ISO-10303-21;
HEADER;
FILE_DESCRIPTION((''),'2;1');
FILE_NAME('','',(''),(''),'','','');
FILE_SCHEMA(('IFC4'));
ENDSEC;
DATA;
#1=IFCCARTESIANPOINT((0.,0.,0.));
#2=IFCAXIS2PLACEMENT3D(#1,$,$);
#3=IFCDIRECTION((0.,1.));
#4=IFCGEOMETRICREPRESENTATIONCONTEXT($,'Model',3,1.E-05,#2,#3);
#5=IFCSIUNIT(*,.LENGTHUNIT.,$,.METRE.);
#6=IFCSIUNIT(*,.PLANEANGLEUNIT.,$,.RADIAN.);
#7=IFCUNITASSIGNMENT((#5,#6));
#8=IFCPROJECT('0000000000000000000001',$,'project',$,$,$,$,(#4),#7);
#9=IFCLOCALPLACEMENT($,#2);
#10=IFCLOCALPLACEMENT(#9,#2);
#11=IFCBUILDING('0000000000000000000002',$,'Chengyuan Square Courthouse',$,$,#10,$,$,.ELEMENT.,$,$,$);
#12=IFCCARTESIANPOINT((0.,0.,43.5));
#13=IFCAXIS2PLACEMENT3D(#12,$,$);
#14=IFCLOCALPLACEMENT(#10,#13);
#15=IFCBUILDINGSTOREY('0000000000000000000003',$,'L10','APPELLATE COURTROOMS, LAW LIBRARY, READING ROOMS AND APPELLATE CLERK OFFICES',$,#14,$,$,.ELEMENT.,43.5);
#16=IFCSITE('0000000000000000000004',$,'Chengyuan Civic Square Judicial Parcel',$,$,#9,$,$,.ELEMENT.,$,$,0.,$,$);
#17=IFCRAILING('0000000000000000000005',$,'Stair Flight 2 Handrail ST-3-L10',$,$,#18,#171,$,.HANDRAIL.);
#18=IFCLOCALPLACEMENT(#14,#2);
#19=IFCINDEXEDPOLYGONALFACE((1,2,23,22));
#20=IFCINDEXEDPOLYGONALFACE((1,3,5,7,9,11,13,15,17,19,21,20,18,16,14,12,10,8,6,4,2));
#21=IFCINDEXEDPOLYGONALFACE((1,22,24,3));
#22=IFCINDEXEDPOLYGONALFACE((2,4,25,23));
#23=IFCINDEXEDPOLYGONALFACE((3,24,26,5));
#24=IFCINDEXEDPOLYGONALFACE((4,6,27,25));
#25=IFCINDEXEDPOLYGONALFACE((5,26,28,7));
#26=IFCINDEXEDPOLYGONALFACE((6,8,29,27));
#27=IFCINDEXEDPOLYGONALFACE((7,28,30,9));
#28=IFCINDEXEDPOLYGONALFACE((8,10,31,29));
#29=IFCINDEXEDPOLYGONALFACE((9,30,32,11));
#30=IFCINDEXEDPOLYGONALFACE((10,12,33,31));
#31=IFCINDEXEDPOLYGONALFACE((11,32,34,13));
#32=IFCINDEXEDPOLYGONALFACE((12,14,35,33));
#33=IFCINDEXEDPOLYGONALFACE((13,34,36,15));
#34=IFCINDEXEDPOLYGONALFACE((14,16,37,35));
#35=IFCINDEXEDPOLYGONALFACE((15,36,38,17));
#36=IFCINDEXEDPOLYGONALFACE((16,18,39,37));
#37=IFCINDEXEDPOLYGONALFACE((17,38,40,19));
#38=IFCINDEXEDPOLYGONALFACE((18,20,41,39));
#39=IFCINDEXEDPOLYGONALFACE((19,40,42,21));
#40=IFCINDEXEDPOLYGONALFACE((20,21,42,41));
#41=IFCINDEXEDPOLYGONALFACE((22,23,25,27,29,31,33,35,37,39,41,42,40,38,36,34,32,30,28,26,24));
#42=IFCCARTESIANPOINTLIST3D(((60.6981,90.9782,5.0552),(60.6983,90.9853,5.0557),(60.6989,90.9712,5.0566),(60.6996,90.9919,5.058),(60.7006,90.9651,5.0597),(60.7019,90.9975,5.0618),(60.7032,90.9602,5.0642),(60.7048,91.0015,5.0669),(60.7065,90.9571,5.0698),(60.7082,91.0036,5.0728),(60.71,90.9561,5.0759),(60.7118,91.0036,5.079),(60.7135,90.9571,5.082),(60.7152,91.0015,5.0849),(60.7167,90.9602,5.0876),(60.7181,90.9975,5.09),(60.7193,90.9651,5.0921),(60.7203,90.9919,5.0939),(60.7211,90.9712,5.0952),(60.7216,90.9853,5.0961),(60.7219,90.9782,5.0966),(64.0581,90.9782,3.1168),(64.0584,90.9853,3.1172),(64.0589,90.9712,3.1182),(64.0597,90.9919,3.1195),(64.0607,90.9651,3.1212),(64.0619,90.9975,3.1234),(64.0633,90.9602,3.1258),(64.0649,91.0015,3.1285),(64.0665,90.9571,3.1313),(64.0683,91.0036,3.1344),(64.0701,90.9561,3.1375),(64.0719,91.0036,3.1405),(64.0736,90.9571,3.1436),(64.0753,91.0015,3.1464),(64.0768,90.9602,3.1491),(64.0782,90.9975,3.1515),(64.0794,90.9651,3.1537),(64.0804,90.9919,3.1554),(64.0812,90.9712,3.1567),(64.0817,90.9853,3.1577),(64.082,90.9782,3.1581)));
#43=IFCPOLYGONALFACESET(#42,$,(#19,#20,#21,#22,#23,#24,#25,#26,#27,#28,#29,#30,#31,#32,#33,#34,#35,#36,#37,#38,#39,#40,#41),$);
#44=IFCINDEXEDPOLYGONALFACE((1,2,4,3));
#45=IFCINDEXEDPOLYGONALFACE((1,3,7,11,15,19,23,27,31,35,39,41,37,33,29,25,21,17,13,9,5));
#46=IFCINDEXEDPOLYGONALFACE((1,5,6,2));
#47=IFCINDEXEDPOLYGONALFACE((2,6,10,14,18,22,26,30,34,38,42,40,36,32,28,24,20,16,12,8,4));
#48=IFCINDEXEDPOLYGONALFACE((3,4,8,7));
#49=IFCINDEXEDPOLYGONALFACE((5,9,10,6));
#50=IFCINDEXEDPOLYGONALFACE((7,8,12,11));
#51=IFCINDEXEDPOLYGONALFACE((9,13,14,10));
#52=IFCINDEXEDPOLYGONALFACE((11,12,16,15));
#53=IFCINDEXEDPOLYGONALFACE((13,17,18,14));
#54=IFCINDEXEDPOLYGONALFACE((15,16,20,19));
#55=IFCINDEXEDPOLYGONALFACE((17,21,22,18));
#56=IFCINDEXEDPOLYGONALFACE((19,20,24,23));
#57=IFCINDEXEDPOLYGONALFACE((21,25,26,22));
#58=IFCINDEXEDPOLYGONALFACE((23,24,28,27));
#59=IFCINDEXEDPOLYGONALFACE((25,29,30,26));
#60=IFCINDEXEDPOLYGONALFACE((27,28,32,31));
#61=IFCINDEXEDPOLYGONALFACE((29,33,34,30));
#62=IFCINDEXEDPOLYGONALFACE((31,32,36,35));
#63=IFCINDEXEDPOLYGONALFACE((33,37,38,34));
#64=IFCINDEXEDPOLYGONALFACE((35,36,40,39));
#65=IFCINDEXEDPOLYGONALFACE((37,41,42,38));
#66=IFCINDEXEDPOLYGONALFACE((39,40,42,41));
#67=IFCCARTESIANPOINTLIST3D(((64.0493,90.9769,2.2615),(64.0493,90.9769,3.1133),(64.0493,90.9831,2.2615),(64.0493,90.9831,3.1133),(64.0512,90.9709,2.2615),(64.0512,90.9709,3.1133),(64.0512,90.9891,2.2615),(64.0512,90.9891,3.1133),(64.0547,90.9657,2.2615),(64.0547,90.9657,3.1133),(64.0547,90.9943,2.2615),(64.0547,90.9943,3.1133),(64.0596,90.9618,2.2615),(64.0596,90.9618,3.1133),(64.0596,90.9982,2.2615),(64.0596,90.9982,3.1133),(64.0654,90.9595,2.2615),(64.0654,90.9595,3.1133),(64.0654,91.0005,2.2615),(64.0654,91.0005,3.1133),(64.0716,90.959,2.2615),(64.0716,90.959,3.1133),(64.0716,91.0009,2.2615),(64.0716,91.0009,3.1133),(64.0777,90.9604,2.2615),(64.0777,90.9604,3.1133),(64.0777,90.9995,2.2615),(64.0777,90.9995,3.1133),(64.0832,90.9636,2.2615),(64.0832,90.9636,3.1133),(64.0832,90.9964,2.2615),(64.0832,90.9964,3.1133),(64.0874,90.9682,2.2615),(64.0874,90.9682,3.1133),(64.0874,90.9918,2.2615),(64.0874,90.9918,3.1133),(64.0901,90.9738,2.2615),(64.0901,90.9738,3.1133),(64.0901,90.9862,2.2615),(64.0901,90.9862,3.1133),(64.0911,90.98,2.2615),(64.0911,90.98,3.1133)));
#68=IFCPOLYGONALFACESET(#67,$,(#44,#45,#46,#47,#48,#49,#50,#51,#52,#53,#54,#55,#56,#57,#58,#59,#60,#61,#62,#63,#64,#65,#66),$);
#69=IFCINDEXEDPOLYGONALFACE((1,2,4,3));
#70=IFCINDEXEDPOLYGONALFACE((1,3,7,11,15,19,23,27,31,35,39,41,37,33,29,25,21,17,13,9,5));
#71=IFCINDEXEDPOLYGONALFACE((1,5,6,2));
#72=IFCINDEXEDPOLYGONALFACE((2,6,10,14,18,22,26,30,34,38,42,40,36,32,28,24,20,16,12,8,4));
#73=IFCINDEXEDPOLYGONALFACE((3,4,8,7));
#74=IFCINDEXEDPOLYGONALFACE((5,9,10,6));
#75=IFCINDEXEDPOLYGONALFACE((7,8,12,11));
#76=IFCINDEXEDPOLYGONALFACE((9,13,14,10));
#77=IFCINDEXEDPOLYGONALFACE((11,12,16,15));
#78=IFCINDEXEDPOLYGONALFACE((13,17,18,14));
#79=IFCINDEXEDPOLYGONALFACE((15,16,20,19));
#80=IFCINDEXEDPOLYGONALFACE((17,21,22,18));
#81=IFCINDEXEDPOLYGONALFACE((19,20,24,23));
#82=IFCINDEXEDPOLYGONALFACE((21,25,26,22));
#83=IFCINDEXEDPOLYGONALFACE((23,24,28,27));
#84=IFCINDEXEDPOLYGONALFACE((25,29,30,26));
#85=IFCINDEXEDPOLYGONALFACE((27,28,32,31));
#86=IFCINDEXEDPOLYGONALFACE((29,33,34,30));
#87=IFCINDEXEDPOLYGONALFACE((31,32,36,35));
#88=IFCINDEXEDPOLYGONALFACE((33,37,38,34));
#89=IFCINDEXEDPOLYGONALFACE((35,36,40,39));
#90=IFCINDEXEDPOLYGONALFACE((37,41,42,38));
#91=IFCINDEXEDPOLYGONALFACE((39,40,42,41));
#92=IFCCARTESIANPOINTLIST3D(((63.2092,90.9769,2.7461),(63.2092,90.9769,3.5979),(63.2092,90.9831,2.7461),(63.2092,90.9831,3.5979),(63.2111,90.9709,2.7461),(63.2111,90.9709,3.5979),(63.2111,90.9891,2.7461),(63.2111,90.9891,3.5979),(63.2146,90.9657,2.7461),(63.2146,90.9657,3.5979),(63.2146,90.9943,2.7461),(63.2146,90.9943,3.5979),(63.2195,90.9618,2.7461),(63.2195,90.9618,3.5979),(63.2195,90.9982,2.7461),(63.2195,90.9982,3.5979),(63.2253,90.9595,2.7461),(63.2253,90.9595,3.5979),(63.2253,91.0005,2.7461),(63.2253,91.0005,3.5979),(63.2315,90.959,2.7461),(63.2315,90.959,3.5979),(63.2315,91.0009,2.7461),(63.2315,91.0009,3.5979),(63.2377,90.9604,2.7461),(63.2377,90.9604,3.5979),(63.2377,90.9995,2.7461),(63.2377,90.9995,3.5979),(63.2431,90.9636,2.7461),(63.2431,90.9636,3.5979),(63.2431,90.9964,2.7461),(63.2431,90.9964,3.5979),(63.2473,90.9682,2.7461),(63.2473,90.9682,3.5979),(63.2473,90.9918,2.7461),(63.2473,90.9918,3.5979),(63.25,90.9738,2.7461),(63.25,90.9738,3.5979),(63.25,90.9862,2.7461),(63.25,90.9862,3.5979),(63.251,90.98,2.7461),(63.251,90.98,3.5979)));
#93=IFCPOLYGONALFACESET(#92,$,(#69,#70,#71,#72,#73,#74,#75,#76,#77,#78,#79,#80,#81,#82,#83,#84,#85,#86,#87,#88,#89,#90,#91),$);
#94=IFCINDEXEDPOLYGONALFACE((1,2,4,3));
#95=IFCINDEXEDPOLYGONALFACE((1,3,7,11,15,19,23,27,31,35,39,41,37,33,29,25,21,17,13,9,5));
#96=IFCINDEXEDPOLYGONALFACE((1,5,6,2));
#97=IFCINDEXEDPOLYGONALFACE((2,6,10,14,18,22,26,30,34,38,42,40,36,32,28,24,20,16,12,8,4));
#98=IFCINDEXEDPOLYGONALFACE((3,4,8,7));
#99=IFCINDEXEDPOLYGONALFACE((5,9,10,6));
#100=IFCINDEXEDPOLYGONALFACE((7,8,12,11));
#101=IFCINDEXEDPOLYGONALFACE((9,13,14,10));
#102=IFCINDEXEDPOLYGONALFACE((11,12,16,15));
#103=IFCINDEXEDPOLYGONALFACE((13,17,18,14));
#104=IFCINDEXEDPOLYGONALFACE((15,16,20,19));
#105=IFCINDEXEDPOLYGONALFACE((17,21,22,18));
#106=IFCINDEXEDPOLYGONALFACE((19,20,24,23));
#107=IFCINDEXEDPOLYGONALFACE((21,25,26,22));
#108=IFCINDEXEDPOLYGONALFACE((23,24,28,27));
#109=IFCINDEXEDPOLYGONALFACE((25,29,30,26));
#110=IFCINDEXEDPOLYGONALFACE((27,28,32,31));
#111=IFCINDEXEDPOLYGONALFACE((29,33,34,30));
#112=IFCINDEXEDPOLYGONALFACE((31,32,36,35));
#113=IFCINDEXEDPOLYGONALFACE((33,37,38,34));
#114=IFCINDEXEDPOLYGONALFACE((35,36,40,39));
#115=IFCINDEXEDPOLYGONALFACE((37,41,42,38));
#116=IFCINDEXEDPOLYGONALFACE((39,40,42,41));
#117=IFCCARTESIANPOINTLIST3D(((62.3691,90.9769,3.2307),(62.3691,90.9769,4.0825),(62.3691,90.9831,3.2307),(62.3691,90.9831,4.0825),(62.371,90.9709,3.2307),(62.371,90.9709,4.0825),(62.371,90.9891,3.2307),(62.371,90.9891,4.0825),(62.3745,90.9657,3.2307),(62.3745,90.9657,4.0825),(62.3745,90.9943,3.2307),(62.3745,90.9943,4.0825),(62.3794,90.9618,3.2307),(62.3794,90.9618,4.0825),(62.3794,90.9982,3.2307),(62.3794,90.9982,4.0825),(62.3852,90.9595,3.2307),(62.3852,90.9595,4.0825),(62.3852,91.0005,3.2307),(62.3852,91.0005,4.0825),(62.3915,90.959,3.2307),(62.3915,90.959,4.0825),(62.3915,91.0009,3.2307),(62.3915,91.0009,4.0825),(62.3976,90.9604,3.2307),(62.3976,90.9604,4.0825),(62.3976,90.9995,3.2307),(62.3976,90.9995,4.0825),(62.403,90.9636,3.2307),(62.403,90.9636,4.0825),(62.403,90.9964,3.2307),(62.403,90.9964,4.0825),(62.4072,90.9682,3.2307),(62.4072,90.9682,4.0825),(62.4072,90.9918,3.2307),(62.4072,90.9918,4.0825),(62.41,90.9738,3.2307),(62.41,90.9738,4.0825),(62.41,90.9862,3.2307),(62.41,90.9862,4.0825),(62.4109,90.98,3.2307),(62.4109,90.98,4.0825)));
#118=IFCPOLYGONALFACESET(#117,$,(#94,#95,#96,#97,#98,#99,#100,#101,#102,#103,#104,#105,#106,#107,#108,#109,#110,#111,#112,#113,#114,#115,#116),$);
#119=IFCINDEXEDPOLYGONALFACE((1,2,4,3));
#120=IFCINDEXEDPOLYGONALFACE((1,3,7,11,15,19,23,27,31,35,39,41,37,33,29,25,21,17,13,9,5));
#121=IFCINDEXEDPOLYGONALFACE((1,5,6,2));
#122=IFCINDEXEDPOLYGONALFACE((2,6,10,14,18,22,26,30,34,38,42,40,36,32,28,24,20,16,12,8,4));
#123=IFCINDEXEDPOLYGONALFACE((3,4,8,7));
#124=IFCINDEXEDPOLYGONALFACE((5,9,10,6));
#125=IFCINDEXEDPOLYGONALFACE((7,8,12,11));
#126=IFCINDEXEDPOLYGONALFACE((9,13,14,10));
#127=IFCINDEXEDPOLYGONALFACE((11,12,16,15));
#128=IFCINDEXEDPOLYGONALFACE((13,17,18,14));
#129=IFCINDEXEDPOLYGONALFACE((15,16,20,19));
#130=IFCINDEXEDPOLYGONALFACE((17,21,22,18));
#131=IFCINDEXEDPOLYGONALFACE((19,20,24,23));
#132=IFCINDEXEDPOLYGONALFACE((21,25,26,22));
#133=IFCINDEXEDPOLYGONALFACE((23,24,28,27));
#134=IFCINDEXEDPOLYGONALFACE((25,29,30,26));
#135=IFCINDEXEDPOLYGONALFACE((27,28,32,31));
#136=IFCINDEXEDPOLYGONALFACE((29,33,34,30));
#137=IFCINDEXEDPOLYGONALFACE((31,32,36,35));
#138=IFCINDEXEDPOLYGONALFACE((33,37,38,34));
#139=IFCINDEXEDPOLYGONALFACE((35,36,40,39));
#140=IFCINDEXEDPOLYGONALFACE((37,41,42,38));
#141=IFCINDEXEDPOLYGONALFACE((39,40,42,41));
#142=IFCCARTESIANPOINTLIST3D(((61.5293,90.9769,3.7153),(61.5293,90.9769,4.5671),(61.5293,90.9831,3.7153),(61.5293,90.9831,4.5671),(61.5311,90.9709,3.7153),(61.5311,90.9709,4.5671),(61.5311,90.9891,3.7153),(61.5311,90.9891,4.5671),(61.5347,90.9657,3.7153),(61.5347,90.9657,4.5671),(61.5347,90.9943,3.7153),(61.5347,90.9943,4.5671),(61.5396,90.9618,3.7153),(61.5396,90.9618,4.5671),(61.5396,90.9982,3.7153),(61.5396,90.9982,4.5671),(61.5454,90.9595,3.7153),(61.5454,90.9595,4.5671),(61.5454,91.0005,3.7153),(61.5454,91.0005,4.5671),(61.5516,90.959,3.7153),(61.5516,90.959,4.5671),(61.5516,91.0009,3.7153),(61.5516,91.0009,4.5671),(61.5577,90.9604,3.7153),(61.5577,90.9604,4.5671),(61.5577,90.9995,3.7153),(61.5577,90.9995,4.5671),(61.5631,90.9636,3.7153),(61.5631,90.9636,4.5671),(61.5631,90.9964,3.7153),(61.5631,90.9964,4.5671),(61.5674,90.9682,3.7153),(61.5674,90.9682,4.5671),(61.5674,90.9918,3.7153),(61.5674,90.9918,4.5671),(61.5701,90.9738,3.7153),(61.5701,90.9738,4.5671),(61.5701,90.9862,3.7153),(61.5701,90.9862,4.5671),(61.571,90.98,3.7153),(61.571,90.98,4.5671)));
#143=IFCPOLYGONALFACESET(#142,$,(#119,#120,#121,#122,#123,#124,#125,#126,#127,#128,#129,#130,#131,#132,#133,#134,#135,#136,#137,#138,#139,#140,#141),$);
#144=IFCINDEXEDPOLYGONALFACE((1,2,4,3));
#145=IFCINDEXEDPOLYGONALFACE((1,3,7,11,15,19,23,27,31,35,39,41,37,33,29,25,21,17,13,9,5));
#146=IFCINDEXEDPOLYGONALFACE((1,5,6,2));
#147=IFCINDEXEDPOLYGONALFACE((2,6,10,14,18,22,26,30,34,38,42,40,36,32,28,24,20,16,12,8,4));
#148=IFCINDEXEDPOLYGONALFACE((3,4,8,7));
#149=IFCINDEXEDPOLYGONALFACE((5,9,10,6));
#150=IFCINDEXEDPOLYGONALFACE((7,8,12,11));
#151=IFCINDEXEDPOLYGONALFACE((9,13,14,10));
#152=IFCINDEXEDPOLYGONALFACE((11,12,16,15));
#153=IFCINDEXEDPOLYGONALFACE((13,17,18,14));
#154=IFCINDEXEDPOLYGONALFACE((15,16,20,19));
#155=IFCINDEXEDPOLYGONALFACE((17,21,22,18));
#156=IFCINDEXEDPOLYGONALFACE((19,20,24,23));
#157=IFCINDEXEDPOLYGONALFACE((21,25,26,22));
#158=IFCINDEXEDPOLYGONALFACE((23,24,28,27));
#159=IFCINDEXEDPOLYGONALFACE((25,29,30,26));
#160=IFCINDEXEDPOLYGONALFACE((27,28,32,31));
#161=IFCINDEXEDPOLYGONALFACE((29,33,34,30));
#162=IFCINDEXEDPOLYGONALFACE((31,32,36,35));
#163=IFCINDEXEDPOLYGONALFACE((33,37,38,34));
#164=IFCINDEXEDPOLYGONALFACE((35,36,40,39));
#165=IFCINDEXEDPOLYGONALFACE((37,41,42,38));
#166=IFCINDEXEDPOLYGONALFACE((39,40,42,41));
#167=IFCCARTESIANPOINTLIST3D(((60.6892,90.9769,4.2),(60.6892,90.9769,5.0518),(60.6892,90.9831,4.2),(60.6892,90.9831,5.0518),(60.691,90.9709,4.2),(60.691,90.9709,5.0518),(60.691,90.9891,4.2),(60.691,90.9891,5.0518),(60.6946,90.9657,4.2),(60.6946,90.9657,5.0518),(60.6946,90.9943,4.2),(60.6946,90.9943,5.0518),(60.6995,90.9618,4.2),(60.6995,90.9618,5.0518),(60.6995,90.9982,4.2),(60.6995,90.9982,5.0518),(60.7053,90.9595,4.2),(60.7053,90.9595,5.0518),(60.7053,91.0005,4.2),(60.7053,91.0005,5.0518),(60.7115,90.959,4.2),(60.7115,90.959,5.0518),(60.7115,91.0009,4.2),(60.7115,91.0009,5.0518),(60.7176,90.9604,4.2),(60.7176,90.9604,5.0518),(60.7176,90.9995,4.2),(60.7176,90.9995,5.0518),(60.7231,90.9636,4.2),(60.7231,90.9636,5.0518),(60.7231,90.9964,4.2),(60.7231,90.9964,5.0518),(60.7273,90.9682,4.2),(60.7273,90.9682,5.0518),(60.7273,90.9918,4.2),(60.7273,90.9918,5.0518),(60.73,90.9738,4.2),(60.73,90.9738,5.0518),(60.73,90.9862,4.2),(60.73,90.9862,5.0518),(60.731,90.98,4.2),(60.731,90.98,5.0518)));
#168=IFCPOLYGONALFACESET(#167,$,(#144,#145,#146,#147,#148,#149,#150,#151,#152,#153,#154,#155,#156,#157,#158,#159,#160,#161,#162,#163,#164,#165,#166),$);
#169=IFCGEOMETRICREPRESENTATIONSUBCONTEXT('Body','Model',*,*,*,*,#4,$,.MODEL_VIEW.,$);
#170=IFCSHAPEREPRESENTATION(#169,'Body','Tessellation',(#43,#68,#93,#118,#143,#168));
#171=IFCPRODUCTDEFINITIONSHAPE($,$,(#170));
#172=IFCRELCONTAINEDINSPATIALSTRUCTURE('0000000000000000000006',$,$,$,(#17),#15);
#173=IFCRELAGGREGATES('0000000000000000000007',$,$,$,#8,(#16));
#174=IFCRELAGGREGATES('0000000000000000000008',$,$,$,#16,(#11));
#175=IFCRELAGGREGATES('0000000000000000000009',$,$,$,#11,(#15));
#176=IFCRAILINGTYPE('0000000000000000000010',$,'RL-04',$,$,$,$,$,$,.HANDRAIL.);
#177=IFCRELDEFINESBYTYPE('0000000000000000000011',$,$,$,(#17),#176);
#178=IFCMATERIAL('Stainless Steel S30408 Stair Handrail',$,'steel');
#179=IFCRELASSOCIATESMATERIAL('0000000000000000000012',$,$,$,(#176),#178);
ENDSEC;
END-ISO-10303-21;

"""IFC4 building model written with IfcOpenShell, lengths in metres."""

from ifc_helpers import new_model, si_unit, direction, frame, origin, origin_2d, place, context, subcontext, project, spatial, circle, extrude, material, type_object, element, save


model = new_model("IFC4")

# Units and contexts
model_context = context("Model", 3, precision=1e-05, world=origin(), true_north=direction((0.0, 1.0)))
body_context = subcontext(model_context, "Body", "Model", "MODEL_VIEW")
ifc_project = project(units=[si_unit("LENGTHUNIT", "METRE"), si_unit("PLANEANGLEUNIT", "RADIAN")], contexts=[model_context])

# Site, building, storey
site_placement = place(None, origin())
site = spatial("IfcSite", under=ifc_project, at=site_placement, Name="Chengyuan Civic Square Judicial Parcel", CompositionType="ELEMENT", RefElevation=0.0)
building_placement = place(site_placement, origin())
building = spatial("IfcBuilding", under=site, at=building_placement, Name="Chengyuan Square Courthouse", CompositionType="ELEMENT")
storey_placement = place(building_placement, frame((0.0, 0.0, 43.5)))
storey = spatial("IfcBuildingStorey", under=building, at=storey_placement, Name="L10", Description="APPELLATE COURTROOMS, LAW LIBRARY, READING ROOMS AND APPELLATE CLERK OFFICES", CompositionType="ELEMENT", Elevation=43.5)

# Railing
ifc_material_1 = material(Name="Stainless Steel S30408 Stair Handrail", Category="steel")
railing_type_1 = type_object("IfcRailingType", Name="RL-04", PredefinedType="HANDRAIL", material=ifc_material_1)
railing_1_placement = place(storey_placement, frame((64.0701, 90.98, 2.2615)))
element("IfcRailing", 1, at=railing_1_placement, inside=storey, type_object=railing_type_1, Name="Stair Flight 2 Handrail ST-3-L10", PredefinedType="HANDRAIL", context=body_context, shape_type="SweptSolid", body=[
    extrude(circle(Radius=0.0239, at=origin_2d()), frame((0.0, 0.0, 0.876), z_axis=(-0.866191, 0.0, 0.499713), x_axis=(0.0, -1.0, 0.0)), (0.0, 0.0, 1.0), 3.8792),
    extrude(circle(Radius=0.021, at=origin_2d()), origin(), (0.0, 0.0, 1.0), 0.8518),
    extrude(circle(Radius=0.021, at=origin_2d()), frame((-0.8401, 0.0, 0.4846)), (0.0, 0.0, 1.0), 0.8518),
    extrude(circle(Radius=0.021, at=origin_2d()), frame((-1.6802, 0.0, 0.9692)), (0.0, 0.0, 1.0), 0.8518),
    extrude(circle(Radius=0.021, at=origin_2d()), frame((-2.52, 0.0, 1.4539)), (0.0, 0.0, 1.0), 0.8518),
    extrude(circle(Radius=0.021, at=origin_2d()), frame((-3.3601, 0.0, 1.9385)), (0.0, 0.0, 1.0), 0.8518),
])

save(model, "model.ifc")
